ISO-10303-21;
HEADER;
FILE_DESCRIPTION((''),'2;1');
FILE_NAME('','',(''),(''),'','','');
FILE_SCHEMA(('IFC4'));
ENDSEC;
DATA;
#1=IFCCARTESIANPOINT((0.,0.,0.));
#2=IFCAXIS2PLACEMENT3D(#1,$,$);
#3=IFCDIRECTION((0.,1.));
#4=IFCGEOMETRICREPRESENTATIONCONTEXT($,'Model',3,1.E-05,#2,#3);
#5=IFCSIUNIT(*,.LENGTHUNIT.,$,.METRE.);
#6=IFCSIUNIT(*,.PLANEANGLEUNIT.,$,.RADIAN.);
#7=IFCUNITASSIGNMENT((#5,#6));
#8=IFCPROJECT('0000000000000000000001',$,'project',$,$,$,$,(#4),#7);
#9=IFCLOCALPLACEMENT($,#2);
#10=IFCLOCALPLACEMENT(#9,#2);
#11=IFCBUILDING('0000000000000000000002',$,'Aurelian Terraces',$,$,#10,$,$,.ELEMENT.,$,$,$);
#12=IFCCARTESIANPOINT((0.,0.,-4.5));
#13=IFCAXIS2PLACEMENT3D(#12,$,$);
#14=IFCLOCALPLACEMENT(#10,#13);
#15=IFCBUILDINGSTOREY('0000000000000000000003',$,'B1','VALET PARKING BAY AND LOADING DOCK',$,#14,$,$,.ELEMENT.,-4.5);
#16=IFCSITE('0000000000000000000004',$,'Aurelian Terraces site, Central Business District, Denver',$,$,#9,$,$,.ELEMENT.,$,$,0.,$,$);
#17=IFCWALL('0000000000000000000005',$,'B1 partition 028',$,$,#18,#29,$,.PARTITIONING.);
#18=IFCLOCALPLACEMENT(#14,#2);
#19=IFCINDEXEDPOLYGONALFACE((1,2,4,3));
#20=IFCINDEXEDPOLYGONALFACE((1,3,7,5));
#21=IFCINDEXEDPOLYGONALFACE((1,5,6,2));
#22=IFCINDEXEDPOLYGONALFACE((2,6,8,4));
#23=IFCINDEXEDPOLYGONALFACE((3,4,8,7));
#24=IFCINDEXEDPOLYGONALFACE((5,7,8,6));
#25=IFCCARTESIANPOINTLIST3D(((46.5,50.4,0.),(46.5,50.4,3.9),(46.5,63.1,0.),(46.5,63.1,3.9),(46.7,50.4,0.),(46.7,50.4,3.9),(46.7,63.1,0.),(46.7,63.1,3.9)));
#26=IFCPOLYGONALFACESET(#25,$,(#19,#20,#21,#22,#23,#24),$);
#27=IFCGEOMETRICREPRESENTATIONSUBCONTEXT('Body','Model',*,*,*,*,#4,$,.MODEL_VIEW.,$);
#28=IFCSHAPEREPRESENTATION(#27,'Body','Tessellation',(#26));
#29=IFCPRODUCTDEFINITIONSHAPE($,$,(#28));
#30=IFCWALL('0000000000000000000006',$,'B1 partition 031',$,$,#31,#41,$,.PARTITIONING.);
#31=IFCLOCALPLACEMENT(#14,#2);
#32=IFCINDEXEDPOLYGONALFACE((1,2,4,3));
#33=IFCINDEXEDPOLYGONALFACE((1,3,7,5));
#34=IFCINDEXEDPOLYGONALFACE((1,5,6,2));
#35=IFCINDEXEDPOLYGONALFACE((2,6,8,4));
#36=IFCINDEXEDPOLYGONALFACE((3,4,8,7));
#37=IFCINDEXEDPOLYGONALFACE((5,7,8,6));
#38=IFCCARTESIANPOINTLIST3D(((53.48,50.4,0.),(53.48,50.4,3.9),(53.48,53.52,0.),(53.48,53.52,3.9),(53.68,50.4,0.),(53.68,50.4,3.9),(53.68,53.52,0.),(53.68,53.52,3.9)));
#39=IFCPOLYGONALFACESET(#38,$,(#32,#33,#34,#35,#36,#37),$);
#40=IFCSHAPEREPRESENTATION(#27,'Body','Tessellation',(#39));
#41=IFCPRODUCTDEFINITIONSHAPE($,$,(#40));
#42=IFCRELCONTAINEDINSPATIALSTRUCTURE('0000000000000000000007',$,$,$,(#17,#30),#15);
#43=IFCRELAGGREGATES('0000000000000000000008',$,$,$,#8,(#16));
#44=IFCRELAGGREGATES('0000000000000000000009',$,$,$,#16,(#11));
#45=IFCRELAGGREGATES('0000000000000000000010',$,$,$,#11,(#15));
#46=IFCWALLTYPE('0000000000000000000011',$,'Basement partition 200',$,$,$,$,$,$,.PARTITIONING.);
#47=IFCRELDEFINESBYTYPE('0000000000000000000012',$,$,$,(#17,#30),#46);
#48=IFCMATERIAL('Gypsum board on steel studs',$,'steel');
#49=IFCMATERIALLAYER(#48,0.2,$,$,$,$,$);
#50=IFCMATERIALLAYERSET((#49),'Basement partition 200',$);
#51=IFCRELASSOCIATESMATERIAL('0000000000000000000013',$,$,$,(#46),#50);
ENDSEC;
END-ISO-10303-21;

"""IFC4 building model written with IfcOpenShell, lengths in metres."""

from ifc_helpers import new_model, si_unit, direction, frame, frame_2d, origin, place, context, subcontext, project, spatial, rectangle, extrude, source, transform, mapped, material, layer, layer_set, type_object, element, save


model = new_model("IFC4")

# Units and contexts
model_context = context("Model", 3, precision=1e-05, world=origin(), true_north=direction((0.0, 1.0)))
body_context = subcontext(model_context, "Body", "Model", "MODEL_VIEW")
ifc_project = project(units=[si_unit("LENGTHUNIT", "METRE"), si_unit("PLANEANGLEUNIT", "RADIAN")], contexts=[model_context])

# Site, building, storey
site_placement = place(None, origin())
site = spatial("IfcSite", under=ifc_project, at=site_placement, Name="Aurelian Terraces site, Central Business District, Denver", CompositionType="ELEMENT", RefElevation=0.0)
building_placement = place(site_placement, origin())
building = spatial("IfcBuilding", under=site, at=building_placement, Name="Aurelian Terraces", CompositionType="ELEMENT")
storey_placement = place(building_placement, frame((0.0, 0.0, -4.5)))
storey = spatial("IfcBuildingStorey", under=building, at=storey_placement, Name="B1", Description="VALET PARKING BAY AND LOADING DOCK", CompositionType="ELEMENT", Elevation=-4.5)

# Walls
ifc_material_1 = material(Name="Gypsum board on steel studs", Category="steel")
ifc_layer_1 = layer(ifc_material_1, 0.2)
ifc_layer_set_1 = layer_set([ifc_layer_1], Name="Basement partition 200")
wall_type_1 = type_object("IfcWallType", Name="Basement partition 200", PredefinedType="PARTITIONING", material=ifc_layer_set_1)
shared_shape_1 = source(origin(), body_context, "Body", "SweptSolid", [
    extrude(rectangle(XDim=12.7, YDim=0.2, at=frame_2d((6.35, 0.0))), origin(), (0.0, 0.0, 1.0), 3.9),
])
wall_1_placement = place(storey_placement, frame((46.6, 50.4, 0.0), z_axis=(0.0, 0.0, 1.0), x_axis=(0.0, 1.0, 0.0)))
element("IfcWall", 1, at=wall_1_placement, inside=storey, type_object=wall_type_1, Name="B1 partition 028", PredefinedType="PARTITIONING", context=body_context, shape_type="MappedRepresentation", body=[
    mapped(shared_shape_1, transform((0.0, 0.0, 0.0), scale=1.0)),
])
shared_shape_2 = source(origin(), body_context, "Body", "SweptSolid", [
    extrude(rectangle(XDim=3.12, YDim=0.2, at=frame_2d((1.56, 0.0))), origin(), (0.0, 0.0, 1.0), 3.9),
])
wall_2_placement = place(storey_placement, frame((53.58, 50.4, 0.0), z_axis=(0.0, 0.0, 1.0), x_axis=(0.0, 1.0, 0.0)))
element("IfcWall", 2, at=wall_2_placement, inside=storey, type_object=wall_type_1, Name="B1 partition 031", PredefinedType="PARTITIONING", context=body_context, shape_type="MappedRepresentation", body=[
    mapped(shared_shape_2, transform((0.0, 0.0, 0.0), scale=1.0)),
])

save(model, "model.ifc")
